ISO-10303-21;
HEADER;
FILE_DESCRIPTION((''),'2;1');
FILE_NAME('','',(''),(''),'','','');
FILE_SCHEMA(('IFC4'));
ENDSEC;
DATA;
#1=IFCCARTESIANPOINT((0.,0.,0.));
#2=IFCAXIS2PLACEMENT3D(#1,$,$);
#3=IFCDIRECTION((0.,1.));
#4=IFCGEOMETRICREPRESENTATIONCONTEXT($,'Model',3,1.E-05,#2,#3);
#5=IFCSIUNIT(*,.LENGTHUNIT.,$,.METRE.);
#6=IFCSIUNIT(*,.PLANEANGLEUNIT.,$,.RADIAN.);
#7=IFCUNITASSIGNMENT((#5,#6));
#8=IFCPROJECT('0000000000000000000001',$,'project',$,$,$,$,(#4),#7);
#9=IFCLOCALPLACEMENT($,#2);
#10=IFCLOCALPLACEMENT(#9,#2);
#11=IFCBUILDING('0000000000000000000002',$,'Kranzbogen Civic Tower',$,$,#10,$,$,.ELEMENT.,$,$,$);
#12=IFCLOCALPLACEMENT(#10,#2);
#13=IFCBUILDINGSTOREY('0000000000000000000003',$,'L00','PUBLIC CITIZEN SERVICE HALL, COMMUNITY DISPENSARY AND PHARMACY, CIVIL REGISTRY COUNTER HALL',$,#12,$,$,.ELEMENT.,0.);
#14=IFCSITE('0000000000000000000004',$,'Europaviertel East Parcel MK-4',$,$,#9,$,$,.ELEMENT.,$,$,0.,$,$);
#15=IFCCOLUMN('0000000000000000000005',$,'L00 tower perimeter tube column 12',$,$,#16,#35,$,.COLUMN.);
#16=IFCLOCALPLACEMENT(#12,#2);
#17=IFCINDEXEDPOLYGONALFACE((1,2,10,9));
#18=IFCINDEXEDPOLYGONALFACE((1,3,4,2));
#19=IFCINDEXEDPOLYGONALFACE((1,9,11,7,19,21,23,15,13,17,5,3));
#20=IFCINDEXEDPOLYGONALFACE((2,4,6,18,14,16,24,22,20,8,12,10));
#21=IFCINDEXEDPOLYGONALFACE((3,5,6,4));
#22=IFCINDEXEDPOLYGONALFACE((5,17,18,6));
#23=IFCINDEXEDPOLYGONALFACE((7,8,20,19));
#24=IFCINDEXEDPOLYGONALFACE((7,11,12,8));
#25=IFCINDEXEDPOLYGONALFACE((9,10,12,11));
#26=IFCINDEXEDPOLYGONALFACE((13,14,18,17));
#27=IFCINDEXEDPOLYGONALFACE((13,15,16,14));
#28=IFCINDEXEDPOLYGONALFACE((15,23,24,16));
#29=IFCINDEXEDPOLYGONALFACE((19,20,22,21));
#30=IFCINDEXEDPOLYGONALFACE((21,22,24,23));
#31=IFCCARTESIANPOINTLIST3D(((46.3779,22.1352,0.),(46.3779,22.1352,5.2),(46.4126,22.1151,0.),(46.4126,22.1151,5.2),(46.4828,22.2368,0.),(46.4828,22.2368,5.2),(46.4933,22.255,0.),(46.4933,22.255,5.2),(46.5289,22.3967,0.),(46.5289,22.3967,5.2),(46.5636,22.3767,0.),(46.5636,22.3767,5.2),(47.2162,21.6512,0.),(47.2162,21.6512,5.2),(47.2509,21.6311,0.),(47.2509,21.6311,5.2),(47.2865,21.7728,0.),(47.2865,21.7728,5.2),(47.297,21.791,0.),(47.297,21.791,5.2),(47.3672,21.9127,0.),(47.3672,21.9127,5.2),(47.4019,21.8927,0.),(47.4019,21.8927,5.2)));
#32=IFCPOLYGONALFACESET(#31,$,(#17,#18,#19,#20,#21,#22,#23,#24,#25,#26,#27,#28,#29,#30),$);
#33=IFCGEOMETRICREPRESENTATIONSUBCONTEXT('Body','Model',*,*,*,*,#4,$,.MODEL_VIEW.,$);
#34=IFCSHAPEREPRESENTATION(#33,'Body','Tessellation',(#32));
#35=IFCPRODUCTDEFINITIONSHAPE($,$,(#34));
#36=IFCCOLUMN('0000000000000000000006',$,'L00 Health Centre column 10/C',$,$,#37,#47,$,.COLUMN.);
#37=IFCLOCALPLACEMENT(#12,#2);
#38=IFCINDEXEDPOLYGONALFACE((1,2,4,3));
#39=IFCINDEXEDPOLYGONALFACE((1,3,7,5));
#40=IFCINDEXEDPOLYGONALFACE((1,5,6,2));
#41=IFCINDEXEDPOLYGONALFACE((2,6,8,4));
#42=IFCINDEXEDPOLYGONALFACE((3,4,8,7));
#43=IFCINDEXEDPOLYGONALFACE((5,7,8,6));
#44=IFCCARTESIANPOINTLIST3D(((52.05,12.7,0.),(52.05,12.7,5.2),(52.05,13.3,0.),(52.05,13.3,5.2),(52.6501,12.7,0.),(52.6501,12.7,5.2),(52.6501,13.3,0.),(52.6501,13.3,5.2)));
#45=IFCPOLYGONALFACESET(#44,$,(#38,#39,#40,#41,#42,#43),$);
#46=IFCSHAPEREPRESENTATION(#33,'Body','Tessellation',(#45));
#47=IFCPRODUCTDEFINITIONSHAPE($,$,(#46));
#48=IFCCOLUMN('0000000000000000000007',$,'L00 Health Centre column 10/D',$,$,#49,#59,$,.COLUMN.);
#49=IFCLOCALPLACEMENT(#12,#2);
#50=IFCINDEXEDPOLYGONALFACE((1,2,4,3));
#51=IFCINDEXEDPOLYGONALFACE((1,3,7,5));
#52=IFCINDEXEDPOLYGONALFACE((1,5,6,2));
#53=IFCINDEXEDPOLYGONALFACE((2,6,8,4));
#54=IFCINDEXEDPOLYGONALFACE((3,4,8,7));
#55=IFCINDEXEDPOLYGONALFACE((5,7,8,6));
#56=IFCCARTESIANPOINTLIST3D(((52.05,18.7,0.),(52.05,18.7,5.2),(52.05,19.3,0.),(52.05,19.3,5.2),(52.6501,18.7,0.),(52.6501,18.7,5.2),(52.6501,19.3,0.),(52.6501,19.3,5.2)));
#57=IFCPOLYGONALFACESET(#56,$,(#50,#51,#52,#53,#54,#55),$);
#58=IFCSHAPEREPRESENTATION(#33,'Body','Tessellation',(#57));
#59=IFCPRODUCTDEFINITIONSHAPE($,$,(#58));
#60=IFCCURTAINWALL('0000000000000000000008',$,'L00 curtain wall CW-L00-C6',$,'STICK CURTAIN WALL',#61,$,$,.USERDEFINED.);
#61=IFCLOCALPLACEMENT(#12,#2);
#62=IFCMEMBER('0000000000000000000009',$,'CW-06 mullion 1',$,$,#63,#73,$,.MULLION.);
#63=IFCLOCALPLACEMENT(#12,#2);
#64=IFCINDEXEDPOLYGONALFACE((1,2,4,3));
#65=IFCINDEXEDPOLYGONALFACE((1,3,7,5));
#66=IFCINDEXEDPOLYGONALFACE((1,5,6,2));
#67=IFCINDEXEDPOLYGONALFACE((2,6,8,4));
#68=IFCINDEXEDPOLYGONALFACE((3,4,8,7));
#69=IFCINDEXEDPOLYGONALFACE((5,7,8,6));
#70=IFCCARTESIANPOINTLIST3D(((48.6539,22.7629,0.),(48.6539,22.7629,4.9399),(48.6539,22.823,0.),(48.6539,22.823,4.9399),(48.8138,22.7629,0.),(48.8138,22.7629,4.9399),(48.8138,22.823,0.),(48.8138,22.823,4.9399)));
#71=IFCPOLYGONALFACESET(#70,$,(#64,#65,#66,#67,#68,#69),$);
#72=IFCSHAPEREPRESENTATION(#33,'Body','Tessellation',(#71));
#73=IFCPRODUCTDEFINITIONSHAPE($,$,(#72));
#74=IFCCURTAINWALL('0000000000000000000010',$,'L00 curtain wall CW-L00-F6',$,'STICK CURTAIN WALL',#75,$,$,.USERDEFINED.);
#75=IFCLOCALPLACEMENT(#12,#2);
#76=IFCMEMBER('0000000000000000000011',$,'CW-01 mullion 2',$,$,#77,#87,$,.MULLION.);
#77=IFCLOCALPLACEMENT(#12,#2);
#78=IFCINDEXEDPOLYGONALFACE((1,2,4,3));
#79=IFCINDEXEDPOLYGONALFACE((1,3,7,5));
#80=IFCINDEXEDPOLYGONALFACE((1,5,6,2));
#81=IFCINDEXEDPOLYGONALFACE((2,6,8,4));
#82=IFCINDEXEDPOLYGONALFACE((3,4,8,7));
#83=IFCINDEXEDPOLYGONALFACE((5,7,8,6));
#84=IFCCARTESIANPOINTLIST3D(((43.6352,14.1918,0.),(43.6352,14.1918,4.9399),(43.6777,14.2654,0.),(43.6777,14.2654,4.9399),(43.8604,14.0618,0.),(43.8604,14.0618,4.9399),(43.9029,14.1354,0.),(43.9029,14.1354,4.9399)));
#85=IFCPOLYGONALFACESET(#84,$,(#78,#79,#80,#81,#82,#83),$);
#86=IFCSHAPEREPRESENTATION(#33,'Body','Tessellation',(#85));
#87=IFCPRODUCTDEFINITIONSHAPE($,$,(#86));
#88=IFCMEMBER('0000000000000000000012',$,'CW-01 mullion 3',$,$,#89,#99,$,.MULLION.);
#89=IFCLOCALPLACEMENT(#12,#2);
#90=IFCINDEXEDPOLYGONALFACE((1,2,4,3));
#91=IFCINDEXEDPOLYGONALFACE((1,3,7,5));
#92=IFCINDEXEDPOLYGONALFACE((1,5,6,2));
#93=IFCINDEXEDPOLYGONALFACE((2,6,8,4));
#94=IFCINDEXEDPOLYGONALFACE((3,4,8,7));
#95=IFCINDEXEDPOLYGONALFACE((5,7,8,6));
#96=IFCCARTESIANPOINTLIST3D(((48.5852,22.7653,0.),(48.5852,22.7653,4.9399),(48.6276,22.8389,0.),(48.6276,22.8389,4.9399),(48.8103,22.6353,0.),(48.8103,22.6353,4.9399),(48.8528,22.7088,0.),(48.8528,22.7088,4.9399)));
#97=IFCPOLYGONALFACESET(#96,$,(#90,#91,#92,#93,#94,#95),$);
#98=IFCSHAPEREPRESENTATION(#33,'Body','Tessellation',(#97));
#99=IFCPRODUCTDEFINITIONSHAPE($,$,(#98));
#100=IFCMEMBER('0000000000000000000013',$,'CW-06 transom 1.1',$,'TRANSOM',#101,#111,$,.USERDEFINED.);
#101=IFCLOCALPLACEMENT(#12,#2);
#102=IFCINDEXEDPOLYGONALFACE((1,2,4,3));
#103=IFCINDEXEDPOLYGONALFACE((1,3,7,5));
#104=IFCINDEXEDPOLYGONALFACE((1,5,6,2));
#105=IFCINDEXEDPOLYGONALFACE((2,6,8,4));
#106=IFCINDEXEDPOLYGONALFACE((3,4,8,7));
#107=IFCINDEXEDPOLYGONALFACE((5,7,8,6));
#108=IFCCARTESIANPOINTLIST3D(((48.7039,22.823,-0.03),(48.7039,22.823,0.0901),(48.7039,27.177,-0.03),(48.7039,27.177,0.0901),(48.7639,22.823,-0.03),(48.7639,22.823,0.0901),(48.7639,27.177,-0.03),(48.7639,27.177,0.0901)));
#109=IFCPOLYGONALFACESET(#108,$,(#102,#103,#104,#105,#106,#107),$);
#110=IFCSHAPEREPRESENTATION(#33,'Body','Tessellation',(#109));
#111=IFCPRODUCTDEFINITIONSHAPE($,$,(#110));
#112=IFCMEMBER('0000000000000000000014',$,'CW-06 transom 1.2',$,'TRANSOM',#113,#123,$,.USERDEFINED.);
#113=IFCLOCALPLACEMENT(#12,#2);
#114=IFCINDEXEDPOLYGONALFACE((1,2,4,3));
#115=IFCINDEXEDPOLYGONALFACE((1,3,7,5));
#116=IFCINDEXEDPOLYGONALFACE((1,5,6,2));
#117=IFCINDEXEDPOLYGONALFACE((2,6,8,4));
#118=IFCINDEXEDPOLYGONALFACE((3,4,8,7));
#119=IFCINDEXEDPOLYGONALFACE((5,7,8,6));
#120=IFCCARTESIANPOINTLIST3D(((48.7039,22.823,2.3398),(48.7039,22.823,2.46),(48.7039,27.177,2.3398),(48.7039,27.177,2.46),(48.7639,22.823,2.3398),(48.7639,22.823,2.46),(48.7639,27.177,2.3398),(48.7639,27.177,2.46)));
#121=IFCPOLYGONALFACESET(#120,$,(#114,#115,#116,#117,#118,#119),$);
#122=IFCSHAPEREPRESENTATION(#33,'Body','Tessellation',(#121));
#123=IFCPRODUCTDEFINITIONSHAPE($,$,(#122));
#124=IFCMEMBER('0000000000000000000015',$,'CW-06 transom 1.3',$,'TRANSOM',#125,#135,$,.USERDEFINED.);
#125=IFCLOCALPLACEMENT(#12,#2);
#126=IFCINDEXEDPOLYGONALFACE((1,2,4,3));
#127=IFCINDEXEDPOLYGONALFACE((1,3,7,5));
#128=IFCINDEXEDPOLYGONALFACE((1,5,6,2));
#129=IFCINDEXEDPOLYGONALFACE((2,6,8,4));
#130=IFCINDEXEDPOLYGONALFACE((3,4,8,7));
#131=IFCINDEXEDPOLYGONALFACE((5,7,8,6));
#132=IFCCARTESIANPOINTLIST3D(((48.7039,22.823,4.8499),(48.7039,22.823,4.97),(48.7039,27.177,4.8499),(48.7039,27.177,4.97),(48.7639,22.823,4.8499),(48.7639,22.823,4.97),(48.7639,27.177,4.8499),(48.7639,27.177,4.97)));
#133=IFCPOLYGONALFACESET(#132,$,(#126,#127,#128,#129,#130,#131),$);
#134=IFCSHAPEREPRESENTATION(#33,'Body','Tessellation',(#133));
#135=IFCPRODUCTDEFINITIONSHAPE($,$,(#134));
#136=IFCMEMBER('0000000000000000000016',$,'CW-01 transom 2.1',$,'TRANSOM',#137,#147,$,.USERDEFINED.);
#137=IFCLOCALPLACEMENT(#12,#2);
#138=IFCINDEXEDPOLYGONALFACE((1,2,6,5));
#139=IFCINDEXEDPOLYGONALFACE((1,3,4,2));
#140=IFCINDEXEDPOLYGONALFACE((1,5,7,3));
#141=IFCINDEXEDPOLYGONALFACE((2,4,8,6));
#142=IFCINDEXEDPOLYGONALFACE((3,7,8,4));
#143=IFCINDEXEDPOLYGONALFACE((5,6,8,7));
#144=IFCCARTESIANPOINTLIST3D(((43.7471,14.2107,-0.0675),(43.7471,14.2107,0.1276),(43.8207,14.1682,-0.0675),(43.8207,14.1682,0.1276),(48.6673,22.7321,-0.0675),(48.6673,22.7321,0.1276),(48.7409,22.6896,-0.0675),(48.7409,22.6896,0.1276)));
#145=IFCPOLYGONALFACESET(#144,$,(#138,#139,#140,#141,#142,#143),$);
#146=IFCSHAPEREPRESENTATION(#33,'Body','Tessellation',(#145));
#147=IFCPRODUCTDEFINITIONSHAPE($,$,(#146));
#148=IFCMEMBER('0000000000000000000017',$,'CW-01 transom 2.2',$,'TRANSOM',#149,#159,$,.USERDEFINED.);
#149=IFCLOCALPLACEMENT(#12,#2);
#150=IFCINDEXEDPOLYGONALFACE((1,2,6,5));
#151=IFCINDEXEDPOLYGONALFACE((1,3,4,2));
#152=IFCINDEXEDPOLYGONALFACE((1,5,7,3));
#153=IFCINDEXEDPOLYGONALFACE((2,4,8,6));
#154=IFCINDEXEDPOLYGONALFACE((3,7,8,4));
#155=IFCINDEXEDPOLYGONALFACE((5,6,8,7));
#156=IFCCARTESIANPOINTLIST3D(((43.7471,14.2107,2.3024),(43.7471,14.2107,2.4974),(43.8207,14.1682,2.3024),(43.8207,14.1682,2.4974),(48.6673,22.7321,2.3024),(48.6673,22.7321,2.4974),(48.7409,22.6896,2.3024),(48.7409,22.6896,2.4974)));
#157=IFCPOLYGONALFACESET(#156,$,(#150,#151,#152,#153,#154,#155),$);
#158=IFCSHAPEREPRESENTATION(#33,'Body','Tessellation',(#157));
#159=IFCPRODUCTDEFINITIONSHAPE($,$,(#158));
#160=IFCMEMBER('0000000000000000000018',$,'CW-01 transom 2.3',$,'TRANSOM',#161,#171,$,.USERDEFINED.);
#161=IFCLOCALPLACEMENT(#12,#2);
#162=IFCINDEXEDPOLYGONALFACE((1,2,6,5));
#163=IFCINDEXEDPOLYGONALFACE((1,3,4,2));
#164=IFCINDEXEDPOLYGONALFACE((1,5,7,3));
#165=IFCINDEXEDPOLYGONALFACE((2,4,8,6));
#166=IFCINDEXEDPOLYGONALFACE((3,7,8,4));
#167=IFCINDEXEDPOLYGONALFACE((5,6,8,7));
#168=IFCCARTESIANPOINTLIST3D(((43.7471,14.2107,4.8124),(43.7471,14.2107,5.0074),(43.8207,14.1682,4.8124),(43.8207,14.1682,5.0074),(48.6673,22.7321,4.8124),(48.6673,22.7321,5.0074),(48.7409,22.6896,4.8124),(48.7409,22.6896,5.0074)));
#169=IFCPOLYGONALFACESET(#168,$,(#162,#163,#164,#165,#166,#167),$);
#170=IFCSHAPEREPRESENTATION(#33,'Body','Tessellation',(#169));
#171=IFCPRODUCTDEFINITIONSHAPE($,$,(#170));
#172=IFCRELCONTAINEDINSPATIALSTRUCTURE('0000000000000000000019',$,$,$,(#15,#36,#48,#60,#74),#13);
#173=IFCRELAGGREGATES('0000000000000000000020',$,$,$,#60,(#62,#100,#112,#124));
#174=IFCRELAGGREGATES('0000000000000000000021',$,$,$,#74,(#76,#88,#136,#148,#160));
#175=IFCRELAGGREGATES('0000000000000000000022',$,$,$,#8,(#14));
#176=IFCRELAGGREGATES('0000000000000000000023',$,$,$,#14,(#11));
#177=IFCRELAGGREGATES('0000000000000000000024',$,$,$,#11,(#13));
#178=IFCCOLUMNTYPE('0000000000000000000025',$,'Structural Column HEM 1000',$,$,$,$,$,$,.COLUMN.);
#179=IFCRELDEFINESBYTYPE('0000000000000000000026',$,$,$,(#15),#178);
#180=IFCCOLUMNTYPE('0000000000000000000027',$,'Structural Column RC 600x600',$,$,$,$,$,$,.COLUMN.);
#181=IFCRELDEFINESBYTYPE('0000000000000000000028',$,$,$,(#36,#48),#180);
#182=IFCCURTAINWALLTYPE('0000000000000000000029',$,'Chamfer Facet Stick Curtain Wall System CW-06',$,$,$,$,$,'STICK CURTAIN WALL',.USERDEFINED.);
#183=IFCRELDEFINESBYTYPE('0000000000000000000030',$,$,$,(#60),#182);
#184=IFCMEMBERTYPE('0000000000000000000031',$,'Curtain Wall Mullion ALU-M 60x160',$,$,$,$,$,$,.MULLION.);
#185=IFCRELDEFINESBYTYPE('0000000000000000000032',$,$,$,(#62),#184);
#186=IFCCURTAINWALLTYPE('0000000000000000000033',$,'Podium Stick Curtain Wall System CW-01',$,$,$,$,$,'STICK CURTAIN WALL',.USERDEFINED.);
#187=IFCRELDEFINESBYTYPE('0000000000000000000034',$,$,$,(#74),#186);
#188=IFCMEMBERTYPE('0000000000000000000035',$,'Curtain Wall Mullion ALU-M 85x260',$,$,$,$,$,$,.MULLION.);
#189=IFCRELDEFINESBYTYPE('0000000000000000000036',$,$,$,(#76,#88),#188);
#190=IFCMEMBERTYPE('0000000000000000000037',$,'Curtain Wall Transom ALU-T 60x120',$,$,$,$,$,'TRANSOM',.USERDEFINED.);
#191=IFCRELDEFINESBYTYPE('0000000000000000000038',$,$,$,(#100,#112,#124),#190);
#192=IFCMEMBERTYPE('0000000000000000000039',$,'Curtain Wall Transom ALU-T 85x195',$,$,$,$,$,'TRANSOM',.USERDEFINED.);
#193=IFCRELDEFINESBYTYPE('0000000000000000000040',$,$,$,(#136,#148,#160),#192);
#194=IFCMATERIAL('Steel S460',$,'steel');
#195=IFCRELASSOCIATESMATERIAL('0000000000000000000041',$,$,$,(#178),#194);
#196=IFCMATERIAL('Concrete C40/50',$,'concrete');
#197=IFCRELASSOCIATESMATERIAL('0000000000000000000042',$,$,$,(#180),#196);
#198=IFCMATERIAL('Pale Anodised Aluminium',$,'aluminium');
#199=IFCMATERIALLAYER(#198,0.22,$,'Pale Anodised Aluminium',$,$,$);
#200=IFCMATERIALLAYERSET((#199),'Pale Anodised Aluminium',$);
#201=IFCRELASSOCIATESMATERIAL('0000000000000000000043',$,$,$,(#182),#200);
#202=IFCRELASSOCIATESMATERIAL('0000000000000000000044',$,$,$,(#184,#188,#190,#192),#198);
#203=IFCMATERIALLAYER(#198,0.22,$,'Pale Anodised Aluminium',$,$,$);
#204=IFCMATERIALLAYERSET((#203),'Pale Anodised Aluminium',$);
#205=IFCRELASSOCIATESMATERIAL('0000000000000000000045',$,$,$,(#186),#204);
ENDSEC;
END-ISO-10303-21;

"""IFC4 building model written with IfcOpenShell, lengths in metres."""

from ifc_helpers import new_model, si_unit, direction, frame, origin, origin_2d, place, context, subcontext, project, spatial, rectangle, i_section, extrude, material, layer, layer_set, material_profile, profile_set, type_object, element, aggregate, save


model = new_model("IFC4")

# Units and contexts
model_context = context("Model", 3, precision=1e-05, world=origin(), true_north=direction((0.0, 1.0)))
body_context = subcontext(model_context, "Body", "Model", "MODEL_VIEW")
ifc_project = project(units=[si_unit("LENGTHUNIT", "METRE"), si_unit("PLANEANGLEUNIT", "RADIAN")], contexts=[model_context])

# Site, building, storey
site_placement = place(None, origin())
site = spatial("IfcSite", under=ifc_project, at=site_placement, Name="Europaviertel East Parcel MK-4", CompositionType="ELEMENT", RefElevation=0.0)
building_placement = place(site_placement, origin())
building = spatial("IfcBuilding", under=site, at=building_placement, Name="Kranzbogen Civic Tower", CompositionType="ELEMENT")
storey_placement = place(building_placement, origin())
storey = spatial("IfcBuildingStorey", under=building, at=storey_placement, Name="L00", Description="PUBLIC CITIZEN SERVICE HALL, COMMUNITY DISPENSARY AND PHARMACY, CIVIL REGISTRY COUNTER HALL", CompositionType="ELEMENT", Elevation=0.0)

# Columns
ifc_material_1 = material(Name="Steel S460", Category="steel")
ifc_material_profile_1 = material_profile(ifc_material_1, i_section(OverallWidth=0.302, OverallDepth=1.0081, WebThickness=0.021, FlangeThickness=0.04, at=origin_2d()), Name="HEM 1000")
ifc_profile_set_1 = profile_set([ifc_material_profile_1], Name="Steel S460")
column_type_1 = type_object("IfcColumnType", Name="Structural Column HEM 1000", PredefinedType="COLUMN", material=ifc_profile_set_1)
column_placement = place(storey_placement, frame((46.8899, 22.0139, 0.0), z_axis=(0.0, 0.0, 1.0), x_axis=(0.5, 0.866025, 0.0)))
element("IfcColumn", 1, at=column_placement, inside=storey, type_object=column_type_1, Name="L00 tower perimeter tube column 12", PredefinedType="COLUMN", context=body_context, shape_type="SweptSolid", body=[
    extrude(i_section(OverallWidth=0.302, OverallDepth=1.0081, WebThickness=0.021, FlangeThickness=0.04, at=origin_2d()), origin(), (0.0, 0.0, 1.0), 5.2),
])
ifc_material_2 = material(Name="Concrete C40/50", Category="concrete")
ifc_material_profile_2 = material_profile(ifc_material_2, rectangle(XDim=0.6001, YDim=0.6001, at=origin_2d()), Name="RC 600x600")
ifc_profile_set_2 = profile_set([ifc_material_profile_2], Name="Concrete C40/50")
column_type_2 = type_object("IfcColumnType", Name="Structural Column RC 600x600", PredefinedType="COLUMN", material=ifc_profile_set_2)
for number, where, z_axis, x_axis, name in (
    (2, (52.3501, 13.0, 0.0), (0.0, 0.0, 1.0), (1.0, 0.0, 0.0), "L00 Health Centre column 10/C"),
    (3, (52.3501, 19.0, 0.0), (0.0, 0.0, 1.0), (1.0, 0.0, 0.0), "L00 Health Centre column 10/D"),
):
    element("IfcColumn", number, at=place(storey_placement, frame(where, z_axis=z_axis, x_axis=x_axis)), inside=storey, type_object=column_type_2, Name=name, PredefinedType="COLUMN", context=body_context, shape_type="SweptSolid", body=[
        extrude(rectangle(XDim=0.6001, YDim=0.6001, at=origin_2d()), origin(), (0.0, 0.0, 1.0), 5.2),
    ])

# Curtain wall, member
ifc_material_3 = material(Name="Pale Anodised Aluminium", Category="aluminium")
ifc_layer_1 = layer(ifc_material_3, 0.22, Name="Pale Anodised Aluminium")
ifc_layer_set_1 = layer_set([ifc_layer_1], Name="Pale Anodised Aluminium")
curtain_wall_type_1 = type_object("IfcCurtainWallType", Name="Chamfer Facet Stick Curtain Wall System CW-06", ElementType="STICK CURTAIN WALL", PredefinedType="USERDEFINED", material=ifc_layer_set_1)
curtain_wall_1_placement = place(storey_placement, origin())
curtain_wall_1 = element("IfcCurtainWall", 4, at=curtain_wall_1_placement, inside=storey, type_object=curtain_wall_type_1, Name="L00 curtain wall CW-L00-C6", ObjectType="STICK CURTAIN WALL", PredefinedType="USERDEFINED")
ifc_material_profile_3 = material_profile(ifc_material_3, rectangle(XDim=0.0601, YDim=0.1599, at=origin_2d()), Name="ALU-M 60x160")
ifc_profile_set_3 = profile_set([ifc_material_profile_3], Name="Pale Anodised Aluminium")
member_type_1 = type_object("IfcMemberType", Name="Curtain Wall Mullion ALU-M 60x160", PredefinedType="MULLION", material=ifc_profile_set_3)
member_1_placement = place(storey_placement, frame((48.7339, 22.793, 0.0), z_axis=(0.0, 0.0, 1.0), x_axis=(0.0, 1.0, 0.0)))
member_1 = element("IfcMember", 5, at=member_1_placement, type_object=member_type_1, Name="CW-06 mullion 1", PredefinedType="MULLION", context=body_context, shape_type="SweptSolid", body=[
    extrude(rectangle(XDim=0.0601, YDim=0.1599, at=origin_2d()), origin(), (0.0, 0.0, 1.0), 4.9399),
])

# Curtain wall, members
ifc_layer_2 = layer(ifc_material_3, 0.22, Name="Pale Anodised Aluminium")
ifc_layer_set_2 = layer_set([ifc_layer_2], Name="Pale Anodised Aluminium")
curtain_wall_type_2 = type_object("IfcCurtainWallType", Name="Podium Stick Curtain Wall System CW-01", ElementType="STICK CURTAIN WALL", PredefinedType="USERDEFINED", material=ifc_layer_set_2)
curtain_wall_2_placement = place(storey_placement, origin())
curtain_wall_2 = element("IfcCurtainWall", 6, at=curtain_wall_2_placement, inside=storey, type_object=curtain_wall_type_2, Name="L00 curtain wall CW-L00-F6", ObjectType="STICK CURTAIN WALL", PredefinedType="USERDEFINED")
ifc_material_profile_4 = material_profile(ifc_material_3, rectangle(XDim=0.085, YDim=0.26, at=origin_2d()), Name="ALU-M 85x260")
ifc_profile_set_4 = profile_set([ifc_material_profile_4], Name="Pale Anodised Aluminium")
member_type_2 = type_object("IfcMemberType", Name="Curtain Wall Mullion ALU-M 85x260", PredefinedType="MULLION", material=ifc_profile_set_4)
member_2_placement = place(storey_placement, frame((43.769, 14.1636, 0.0), z_axis=(0.0, 0.0, 1.0), x_axis=(0.500006, 0.866022, 0.0)))
member_2 = element("IfcMember", 7, at=member_2_placement, type_object=member_type_2, Name="CW-01 mullion 2", PredefinedType="MULLION", context=body_context, shape_type="SweptSolid", body=[
    extrude(rectangle(XDim=0.085, YDim=0.26, at=origin_2d()), origin(), (0.0, 0.0, 1.0), 4.9399),
])
member_3_placement = place(storey_placement, frame((48.719, 22.7371, 0.0), z_axis=(0.0, 0.0, 1.0), x_axis=(0.500006, 0.866022, 0.0)))
member_3 = element("IfcMember", 8, at=member_3_placement, type_object=member_type_2, Name="CW-01 mullion 3", PredefinedType="MULLION", context=body_context, shape_type="SweptSolid", body=[
    extrude(rectangle(XDim=0.085, YDim=0.26, at=origin_2d()), origin(), (0.0, 0.0, 1.0), 4.9399),
])

# Members
ifc_material_profile_5 = material_profile(ifc_material_3, rectangle(XDim=0.0601, YDim=0.1201, at=origin_2d()), Name="ALU-T 60x120")
ifc_profile_set_5 = profile_set([ifc_material_profile_5], Name="Pale Anodised Aluminium")
member_type_3 = type_object("IfcMemberType", Name="Curtain Wall Transom ALU-T 60x120", ElementType="TRANSOM", PredefinedType="USERDEFINED", material=ifc_profile_set_5)
member_4_placement = place(storey_placement, frame((48.7339, 22.823, 0.03), z_axis=(0.0, 1.0, 0.0), x_axis=(-1.0, 0.0, 0.0)))
member_4 = element("IfcMember", 9, at=member_4_placement, type_object=member_type_3, Name="CW-06 transom 1.1", ObjectType="TRANSOM", PredefinedType="USERDEFINED", context=body_context, shape_type="SweptSolid", body=[
    extrude(rectangle(XDim=0.0601, YDim=0.1201, at=origin_2d()), origin(), (0.0, 0.0, 1.0), 4.354),
])
member_5_placement = place(storey_placement, frame((48.7339, 22.823, 2.3999), z_axis=(0.0, 1.0, 0.0), x_axis=(-1.0, 0.0, 0.0)))
member_5 = element("IfcMember", 10, at=member_5_placement, type_object=member_type_3, Name="CW-06 transom 1.2", ObjectType="TRANSOM", PredefinedType="USERDEFINED", context=body_context, shape_type="SweptSolid", body=[
    extrude(rectangle(XDim=0.0601, YDim=0.1201, at=origin_2d()), origin(), (0.0, 0.0, 1.0), 4.354),
])
member_6_placement = place(storey_placement, frame((48.7339, 22.823, 4.9099), z_axis=(0.0, 1.0, 0.0), x_axis=(-1.0, 0.0, 0.0)))
member_6 = element("IfcMember", 11, at=member_6_placement, type_object=member_type_3, Name="CW-06 transom 1.3", ObjectType="TRANSOM", PredefinedType="USERDEFINED", context=body_context, shape_type="SweptSolid", body=[
    extrude(rectangle(XDim=0.0601, YDim=0.1201, at=origin_2d()), origin(), (0.0, 0.0, 1.0), 4.354),
])
aggregate(curtain_wall_1, [member_1, member_4, member_5, member_6])
ifc_material_profile_6 = material_profile(ifc_material_3, rectangle(XDim=0.085, YDim=0.1951, at=origin_2d()), Name="ALU-T 85x195")
ifc_profile_set_6 = profile_set([ifc_material_profile_6], Name="Pale Anodised Aluminium")
member_type_4 = type_object("IfcMemberType", Name="Curtain Wall Transom ALU-T 85x195", ElementType="TRANSOM", PredefinedType="USERDEFINED", material=ifc_profile_set_6)
member_7_placement = place(storey_placement, frame((43.7839, 14.1895, 0.03), z_axis=(0.500022, 0.866013, 0.0), x_axis=(-0.866013, 0.500022, 0.0)))
member_7 = element("IfcMember", 12, at=member_7_placement, type_object=member_type_4, Name="CW-01 transom 2.1", ObjectType="TRANSOM", PredefinedType="USERDEFINED", context=body_context, shape_type="SweptSolid", body=[
    extrude(rectangle(XDim=0.085, YDim=0.1951, at=origin_2d()), origin(), (0.0, 0.0, 1.0), 9.8398),
])
member_8_placement = place(storey_placement, frame((43.7839, 14.1895, 2.3999), z_axis=(0.500022, 0.866013, 0.0), x_axis=(-0.866013, 0.500022, 0.0)))
member_8 = element("IfcMember", 13, at=member_8_placement, type_object=member_type_4, Name="CW-01 transom 2.2", ObjectType="TRANSOM", PredefinedType="USERDEFINED", context=body_context, shape_type="SweptSolid", body=[
    extrude(rectangle(XDim=0.085, YDim=0.1951, at=origin_2d()), origin(), (0.0, 0.0, 1.0), 9.8398),
])
member_9_placement = place(storey_placement, frame((43.7839, 14.1895, 4.9099), z_axis=(0.500022, 0.866013, 0.0), x_axis=(-0.866013, 0.500022, 0.0)))
member_9 = element("IfcMember", 14, at=member_9_placement, type_object=member_type_4, Name="CW-01 transom 2.3", ObjectType="TRANSOM", PredefinedType="USERDEFINED", context=body_context, shape_type="SweptSolid", body=[
    extrude(rectangle(XDim=0.085, YDim=0.1951, at=origin_2d()), origin(), (0.0, 0.0, 1.0), 9.8398),
])

aggregate(curtain_wall_2, [member_2, member_3, member_7, member_8, member_9])

save(model, "model.ifc")
